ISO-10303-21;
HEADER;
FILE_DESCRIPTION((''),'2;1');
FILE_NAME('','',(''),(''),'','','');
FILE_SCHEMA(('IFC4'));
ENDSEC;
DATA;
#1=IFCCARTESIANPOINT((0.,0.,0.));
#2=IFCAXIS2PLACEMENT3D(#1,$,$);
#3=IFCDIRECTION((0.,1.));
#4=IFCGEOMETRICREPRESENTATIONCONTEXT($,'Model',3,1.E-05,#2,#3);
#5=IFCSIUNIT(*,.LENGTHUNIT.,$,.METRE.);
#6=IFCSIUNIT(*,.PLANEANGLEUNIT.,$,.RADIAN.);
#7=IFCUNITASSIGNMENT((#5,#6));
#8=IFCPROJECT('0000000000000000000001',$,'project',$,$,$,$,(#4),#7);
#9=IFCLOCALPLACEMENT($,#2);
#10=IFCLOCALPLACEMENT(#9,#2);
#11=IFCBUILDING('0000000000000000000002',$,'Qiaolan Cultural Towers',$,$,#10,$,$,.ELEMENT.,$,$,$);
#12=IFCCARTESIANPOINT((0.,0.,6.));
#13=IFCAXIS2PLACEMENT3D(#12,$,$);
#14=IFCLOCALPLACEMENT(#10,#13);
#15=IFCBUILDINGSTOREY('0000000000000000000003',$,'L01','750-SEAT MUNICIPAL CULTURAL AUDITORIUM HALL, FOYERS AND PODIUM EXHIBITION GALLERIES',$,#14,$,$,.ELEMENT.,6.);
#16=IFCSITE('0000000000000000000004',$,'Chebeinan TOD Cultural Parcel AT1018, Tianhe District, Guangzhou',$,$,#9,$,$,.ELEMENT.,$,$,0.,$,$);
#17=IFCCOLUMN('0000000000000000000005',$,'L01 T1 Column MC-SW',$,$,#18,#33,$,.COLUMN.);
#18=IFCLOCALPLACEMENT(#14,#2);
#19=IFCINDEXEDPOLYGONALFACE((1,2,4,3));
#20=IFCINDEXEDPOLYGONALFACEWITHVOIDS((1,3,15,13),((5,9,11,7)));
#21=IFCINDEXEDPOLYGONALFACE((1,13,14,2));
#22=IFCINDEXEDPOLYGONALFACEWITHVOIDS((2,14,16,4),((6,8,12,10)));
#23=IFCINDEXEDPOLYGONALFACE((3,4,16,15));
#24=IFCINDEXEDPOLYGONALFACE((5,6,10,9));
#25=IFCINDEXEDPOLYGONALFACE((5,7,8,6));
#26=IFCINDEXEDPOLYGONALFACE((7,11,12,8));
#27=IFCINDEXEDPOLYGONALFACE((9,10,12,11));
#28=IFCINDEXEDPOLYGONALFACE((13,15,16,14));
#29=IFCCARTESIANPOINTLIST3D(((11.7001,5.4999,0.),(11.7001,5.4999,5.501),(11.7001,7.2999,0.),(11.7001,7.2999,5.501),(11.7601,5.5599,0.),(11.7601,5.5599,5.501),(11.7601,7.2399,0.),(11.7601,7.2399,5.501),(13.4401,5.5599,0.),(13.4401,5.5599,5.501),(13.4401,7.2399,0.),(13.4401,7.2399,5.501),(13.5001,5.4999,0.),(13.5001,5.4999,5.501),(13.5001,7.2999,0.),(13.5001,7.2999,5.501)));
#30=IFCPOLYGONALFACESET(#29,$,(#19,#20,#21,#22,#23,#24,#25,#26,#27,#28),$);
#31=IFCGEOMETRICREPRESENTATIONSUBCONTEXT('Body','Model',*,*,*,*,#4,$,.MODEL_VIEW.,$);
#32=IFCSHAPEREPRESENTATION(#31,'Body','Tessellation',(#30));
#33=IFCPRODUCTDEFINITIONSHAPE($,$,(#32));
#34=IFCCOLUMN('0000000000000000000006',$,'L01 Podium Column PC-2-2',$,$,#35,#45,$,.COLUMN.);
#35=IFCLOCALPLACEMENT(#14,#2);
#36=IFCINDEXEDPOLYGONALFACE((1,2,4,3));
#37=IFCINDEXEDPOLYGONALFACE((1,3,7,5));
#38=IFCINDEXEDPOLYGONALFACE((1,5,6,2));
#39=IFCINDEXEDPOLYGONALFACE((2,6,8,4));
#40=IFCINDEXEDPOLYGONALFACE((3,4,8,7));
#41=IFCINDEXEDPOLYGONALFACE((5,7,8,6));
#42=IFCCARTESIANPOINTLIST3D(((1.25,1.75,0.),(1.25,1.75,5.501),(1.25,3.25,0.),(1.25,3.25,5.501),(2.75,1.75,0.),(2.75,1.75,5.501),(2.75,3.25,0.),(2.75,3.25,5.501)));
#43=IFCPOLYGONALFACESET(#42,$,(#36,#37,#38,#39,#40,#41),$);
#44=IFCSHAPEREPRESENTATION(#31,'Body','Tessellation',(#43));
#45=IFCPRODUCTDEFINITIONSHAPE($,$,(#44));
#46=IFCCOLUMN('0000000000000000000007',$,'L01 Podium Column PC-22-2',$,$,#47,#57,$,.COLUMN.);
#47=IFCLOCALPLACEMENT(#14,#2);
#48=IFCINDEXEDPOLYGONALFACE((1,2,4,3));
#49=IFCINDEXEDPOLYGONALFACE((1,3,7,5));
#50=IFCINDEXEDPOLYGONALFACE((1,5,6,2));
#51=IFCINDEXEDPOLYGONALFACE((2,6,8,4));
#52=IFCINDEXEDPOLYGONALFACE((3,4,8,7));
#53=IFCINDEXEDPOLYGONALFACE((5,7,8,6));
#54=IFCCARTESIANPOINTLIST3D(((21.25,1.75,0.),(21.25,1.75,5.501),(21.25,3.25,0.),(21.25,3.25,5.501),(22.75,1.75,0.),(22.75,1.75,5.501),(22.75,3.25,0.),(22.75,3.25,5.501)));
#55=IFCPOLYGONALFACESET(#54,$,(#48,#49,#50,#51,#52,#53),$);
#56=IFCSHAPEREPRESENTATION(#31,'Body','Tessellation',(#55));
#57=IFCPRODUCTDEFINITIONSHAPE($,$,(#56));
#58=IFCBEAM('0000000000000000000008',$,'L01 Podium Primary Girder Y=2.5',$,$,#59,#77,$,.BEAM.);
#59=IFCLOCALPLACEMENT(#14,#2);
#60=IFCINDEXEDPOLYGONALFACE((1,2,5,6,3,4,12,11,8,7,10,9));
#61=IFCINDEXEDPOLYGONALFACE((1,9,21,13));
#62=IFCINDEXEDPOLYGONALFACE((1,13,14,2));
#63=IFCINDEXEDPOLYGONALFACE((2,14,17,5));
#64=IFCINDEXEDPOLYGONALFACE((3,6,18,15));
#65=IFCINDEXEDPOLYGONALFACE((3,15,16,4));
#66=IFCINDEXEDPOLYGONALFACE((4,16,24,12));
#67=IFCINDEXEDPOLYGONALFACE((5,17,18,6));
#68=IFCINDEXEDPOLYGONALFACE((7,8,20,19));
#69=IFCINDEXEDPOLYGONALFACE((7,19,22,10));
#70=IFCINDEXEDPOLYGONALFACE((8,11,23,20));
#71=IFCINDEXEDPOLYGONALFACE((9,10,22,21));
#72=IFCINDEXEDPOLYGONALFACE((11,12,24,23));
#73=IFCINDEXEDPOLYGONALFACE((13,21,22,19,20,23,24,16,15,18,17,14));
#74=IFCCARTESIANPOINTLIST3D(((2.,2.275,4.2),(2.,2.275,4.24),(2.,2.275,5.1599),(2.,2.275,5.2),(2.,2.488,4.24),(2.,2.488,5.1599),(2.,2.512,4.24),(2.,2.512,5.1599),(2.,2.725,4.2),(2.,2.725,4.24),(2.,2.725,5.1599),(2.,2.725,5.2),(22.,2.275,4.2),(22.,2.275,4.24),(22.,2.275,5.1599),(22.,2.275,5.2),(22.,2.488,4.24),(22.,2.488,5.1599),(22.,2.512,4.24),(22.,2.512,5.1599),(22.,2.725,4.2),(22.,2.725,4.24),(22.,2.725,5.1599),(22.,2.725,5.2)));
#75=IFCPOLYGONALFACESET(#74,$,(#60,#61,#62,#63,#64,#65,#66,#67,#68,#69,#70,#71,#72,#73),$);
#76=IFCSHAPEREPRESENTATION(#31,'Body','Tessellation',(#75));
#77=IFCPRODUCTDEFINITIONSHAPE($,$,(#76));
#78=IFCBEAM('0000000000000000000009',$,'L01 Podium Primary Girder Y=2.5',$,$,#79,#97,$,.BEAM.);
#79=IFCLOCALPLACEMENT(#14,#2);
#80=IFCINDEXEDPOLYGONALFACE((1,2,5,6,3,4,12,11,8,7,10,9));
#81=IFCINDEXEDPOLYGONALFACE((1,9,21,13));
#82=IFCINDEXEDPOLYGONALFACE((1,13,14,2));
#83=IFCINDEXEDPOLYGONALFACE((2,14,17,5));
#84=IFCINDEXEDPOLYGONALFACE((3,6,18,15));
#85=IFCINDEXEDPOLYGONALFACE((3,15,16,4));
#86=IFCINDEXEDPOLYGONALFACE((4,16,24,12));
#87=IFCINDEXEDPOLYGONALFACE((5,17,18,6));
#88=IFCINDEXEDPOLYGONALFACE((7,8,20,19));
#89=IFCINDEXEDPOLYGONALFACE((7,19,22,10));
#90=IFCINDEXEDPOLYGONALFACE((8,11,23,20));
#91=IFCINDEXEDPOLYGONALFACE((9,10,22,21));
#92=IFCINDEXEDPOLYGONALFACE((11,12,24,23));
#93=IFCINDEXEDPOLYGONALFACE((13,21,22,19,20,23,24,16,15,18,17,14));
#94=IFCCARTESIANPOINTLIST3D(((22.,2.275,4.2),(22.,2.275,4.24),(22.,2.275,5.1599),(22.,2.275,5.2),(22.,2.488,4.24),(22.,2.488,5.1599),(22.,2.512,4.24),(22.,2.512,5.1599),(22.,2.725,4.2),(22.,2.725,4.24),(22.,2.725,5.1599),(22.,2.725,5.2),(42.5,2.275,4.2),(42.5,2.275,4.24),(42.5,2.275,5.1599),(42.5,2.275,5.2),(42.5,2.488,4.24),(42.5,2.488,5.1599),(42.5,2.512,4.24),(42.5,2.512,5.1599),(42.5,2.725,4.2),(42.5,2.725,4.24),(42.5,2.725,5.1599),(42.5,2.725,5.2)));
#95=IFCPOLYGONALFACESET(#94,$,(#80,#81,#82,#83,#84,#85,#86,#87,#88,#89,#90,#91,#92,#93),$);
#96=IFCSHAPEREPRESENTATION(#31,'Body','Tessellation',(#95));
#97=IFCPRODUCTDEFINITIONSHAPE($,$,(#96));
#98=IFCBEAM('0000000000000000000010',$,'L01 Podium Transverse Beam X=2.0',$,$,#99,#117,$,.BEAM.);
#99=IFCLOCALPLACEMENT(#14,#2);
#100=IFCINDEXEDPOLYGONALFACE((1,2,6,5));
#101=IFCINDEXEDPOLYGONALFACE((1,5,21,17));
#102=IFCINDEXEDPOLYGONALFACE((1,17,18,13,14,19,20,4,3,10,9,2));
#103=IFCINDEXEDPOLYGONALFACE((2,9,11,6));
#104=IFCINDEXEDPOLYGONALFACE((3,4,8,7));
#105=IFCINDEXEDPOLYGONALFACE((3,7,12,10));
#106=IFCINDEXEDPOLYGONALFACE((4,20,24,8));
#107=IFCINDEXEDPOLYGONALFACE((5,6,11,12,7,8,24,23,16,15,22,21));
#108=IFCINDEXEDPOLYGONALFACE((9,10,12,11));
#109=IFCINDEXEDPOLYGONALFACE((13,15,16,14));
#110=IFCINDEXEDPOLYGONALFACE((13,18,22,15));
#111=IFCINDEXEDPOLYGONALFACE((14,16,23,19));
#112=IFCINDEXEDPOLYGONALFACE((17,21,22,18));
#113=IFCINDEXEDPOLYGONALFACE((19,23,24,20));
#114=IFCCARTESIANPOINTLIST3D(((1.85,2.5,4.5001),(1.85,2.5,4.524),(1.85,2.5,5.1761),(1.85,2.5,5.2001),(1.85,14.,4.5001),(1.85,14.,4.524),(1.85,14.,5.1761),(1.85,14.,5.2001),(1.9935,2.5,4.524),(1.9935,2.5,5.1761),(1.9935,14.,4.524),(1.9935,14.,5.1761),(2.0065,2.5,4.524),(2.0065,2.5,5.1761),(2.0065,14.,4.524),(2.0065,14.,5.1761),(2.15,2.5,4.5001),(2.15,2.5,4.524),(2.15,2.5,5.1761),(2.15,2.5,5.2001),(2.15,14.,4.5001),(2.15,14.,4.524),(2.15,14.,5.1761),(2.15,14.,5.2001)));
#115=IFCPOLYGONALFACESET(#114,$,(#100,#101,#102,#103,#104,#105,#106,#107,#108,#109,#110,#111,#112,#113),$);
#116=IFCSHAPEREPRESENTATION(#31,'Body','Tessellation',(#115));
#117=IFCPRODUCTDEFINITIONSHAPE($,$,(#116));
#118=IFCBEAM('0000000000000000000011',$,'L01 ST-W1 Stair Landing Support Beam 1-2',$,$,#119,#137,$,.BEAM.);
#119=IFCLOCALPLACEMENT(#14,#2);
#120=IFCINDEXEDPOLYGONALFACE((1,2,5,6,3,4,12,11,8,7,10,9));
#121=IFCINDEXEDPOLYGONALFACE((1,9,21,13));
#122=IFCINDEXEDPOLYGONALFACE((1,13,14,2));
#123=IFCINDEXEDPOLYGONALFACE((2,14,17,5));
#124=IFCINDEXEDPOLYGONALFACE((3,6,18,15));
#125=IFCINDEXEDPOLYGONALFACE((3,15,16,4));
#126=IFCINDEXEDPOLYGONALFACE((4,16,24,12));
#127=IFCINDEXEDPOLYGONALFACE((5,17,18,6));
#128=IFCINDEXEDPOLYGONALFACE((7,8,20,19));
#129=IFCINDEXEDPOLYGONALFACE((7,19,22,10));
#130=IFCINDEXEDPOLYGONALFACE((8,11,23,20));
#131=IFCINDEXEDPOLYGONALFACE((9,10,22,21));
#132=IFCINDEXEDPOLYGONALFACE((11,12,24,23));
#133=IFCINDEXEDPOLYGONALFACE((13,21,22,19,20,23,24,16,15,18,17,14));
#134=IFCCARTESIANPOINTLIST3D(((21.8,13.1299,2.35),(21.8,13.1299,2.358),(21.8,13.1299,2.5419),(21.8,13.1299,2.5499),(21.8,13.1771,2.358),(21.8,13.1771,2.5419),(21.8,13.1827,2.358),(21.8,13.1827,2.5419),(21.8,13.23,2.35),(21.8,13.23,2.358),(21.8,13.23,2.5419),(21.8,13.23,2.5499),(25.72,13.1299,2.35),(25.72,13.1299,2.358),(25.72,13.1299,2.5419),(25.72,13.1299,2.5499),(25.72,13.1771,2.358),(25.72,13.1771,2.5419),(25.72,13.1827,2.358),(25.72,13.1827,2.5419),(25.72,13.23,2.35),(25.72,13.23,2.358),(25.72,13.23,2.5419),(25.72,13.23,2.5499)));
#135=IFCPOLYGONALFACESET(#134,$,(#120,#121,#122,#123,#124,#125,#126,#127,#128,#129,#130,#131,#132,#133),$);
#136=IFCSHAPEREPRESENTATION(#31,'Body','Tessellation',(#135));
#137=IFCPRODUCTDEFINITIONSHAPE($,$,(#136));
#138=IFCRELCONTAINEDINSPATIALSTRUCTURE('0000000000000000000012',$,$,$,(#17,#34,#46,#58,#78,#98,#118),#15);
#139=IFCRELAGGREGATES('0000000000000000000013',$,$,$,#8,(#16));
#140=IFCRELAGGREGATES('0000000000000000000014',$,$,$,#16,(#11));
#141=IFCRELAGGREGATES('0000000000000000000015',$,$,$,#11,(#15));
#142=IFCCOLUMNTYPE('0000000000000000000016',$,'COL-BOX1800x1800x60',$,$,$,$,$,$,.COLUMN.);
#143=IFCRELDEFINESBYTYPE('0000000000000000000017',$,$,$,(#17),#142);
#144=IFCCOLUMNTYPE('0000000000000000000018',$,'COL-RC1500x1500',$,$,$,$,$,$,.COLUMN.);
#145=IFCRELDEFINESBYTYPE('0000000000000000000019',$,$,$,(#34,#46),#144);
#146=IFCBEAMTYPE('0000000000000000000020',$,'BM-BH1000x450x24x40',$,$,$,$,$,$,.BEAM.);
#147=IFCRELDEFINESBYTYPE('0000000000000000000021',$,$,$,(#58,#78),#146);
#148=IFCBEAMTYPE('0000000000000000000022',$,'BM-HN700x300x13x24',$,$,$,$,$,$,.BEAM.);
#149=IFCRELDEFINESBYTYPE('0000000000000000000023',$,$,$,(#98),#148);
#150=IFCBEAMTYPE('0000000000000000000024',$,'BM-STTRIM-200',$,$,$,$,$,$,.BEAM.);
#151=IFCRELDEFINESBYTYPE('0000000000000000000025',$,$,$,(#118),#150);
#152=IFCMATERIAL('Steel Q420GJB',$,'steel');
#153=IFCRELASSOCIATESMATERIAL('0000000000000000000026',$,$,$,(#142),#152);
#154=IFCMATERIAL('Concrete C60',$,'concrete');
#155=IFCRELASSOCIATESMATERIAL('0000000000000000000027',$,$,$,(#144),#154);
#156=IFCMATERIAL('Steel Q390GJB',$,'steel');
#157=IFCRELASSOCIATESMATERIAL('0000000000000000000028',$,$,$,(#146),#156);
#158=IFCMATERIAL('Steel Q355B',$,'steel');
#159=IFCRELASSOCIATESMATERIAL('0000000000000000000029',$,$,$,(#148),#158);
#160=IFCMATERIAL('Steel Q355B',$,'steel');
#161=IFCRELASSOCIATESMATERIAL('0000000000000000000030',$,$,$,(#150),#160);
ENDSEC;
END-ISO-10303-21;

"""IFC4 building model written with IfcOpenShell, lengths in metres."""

from ifc_helpers import new_model, si_unit, direction, frame, origin, origin_2d, place, context, subcontext, project, spatial, rectangle, hollow_rectangle, i_section, extrude, material, material_profile, profile_set, type_object, element, save


model = new_model("IFC4")

# Units and contexts
model_context = context("Model", 3, precision=1e-05, world=origin(), true_north=direction((0.0, 1.0)))
body_context = subcontext(model_context, "Body", "Model", "MODEL_VIEW")
ifc_project = project(units=[si_unit("LENGTHUNIT", "METRE"), si_unit("PLANEANGLEUNIT", "RADIAN")], contexts=[model_context])

# Site, building, storey
site_placement = place(None, origin())
site = spatial("IfcSite", under=ifc_project, at=site_placement, Name="Chebeinan TOD Cultural Parcel AT1018, Tianhe District, Guangzhou", CompositionType="ELEMENT", RefElevation=0.0)
building_placement = place(site_placement, origin())
building = spatial("IfcBuilding", under=site, at=building_placement, Name="Qiaolan Cultural Towers", CompositionType="ELEMENT")
storey_placement = place(building_placement, frame((0.0, 0.0, 6.0)))
storey = spatial("IfcBuildingStorey", under=building, at=storey_placement, Name="L01", Description="750-SEAT MUNICIPAL CULTURAL AUDITORIUM HALL, FOYERS AND PODIUM EXHIBITION GALLERIES", CompositionType="ELEMENT", Elevation=6.0)

# Columns
ifc_material_1 = material(Name="Steel Q420GJB", Category="steel")
ifc_material_profile_1 = material_profile(ifc_material_1, hollow_rectangle(XDim=1.8, YDim=1.8, WallThickness=0.0601, at=origin_2d()), Name="BOX1800x1800x60")
ifc_profile_set_1 = profile_set([ifc_material_profile_1], Name="Steel Q420GJB")
column_type_1 = type_object("IfcColumnType", Name="COL-BOX1800x1800x60", PredefinedType="COLUMN", material=ifc_profile_set_1)
column_placement = place(storey_placement, frame((12.6001, 6.3999, 0.0), z_axis=(0.0, 0.0, 1.0), x_axis=(1.0, 0.0, 0.0)))
element("IfcColumn", 1, at=column_placement, inside=storey, type_object=column_type_1, Name="L01 T1 Column MC-SW", PredefinedType="COLUMN", context=body_context, shape_type="SweptSolid", body=[
    extrude(hollow_rectangle(XDim=1.8, YDim=1.8, WallThickness=0.0601, at=origin_2d()), origin(), (0.0, 0.0, 1.0), 5.501),
])
ifc_material_2 = material(Name="Concrete C60", Category="concrete")
ifc_material_profile_2 = material_profile(ifc_material_2, rectangle(XDim=1.5, YDim=1.5, at=origin_2d()), Name="RC1500x1500")
ifc_profile_set_2 = profile_set([ifc_material_profile_2], Name="Concrete C60")
column_type_2 = type_object("IfcColumnType", Name="COL-RC1500x1500", PredefinedType="COLUMN", material=ifc_profile_set_2)
for number, where, z_axis, x_axis, name in (
    (2, (2.0, 2.5, 0.0), (0.0, 0.0, 1.0), (1.0, 0.0, 0.0), "L01 Podium Column PC-2-2"),
    (3, (22.0, 2.5, 0.0), (0.0, 0.0, 1.0), (1.0, 0.0, 0.0), "L01 Podium Column PC-22-2"),
):
    element("IfcColumn", number, at=place(storey_placement, frame(where, z_axis=z_axis, x_axis=x_axis)), inside=storey, type_object=column_type_2, Name=name, PredefinedType="COLUMN", context=body_context, shape_type="SweptSolid", body=[
        extrude(rectangle(XDim=1.5, YDim=1.5, at=origin_2d()), origin(), (0.0, 0.0, 1.0), 5.501),
    ])

# Beams
ifc_material_3 = material(Name="Steel Q390GJB", Category="steel")
ifc_material_profile_3 = material_profile(ifc_material_3, i_section(OverallWidth=0.45, OverallDepth=1.0, WebThickness=0.0239, FlangeThickness=0.04, at=origin_2d()), Name="BH1000x450x24x40")
ifc_profile_set_3 = profile_set([ifc_material_profile_3], Name="Steel Q390GJB")
beam_type_1 = type_object("IfcBeamType", Name="BM-BH1000x450x24x40", PredefinedType="BEAM", material=ifc_profile_set_3)
beam_1_placement = place(storey_placement, frame((2.0, 2.5, 4.7), z_axis=(1.0, 0.0, 0.0), x_axis=(0.0, 1.0, 0.0)))
element("IfcBeam", 4, at=beam_1_placement, inside=storey, type_object=beam_type_1, Name="L01 Podium Primary Girder Y=2.5", PredefinedType="BEAM", context=body_context, shape_type="SweptSolid", body=[
    extrude(i_section(OverallWidth=0.45, OverallDepth=1.0, WebThickness=0.0239, FlangeThickness=0.04, at=origin_2d()), origin(), (0.0, 0.0, 1.0), 20.0),
])
beam_2_placement = place(storey_placement, frame((22.0, 2.5, 4.7), z_axis=(1.0, 0.0, 0.0), x_axis=(0.0, 1.0, 0.0)))
element("IfcBeam", 5, at=beam_2_placement, inside=storey, type_object=beam_type_1, Name="L01 Podium Primary Girder Y=2.5", PredefinedType="BEAM", context=body_context, shape_type="SweptSolid", body=[
    extrude(i_section(OverallWidth=0.45, OverallDepth=1.0, WebThickness=0.0239, FlangeThickness=0.04, at=origin_2d()), origin(), (0.0, 0.0, 1.0), 20.5),
])
ifc_material_4 = material(Name="Steel Q355B", Category="steel")
ifc_material_profile_4 = material_profile(ifc_material_4, i_section(OverallWidth=0.3, OverallDepth=0.7, WebThickness=0.0129, FlangeThickness=0.0239, at=origin_2d()), Name="HN700x300x13x24")
ifc_profile_set_4 = profile_set([ifc_material_profile_4], Name="Steel Q355B")
beam_type_2 = type_object("IfcBeamType", Name="BM-HN700x300x13x24", PredefinedType="BEAM", material=ifc_profile_set_4)
beam_3_placement = place(storey_placement, frame((2.0, 2.5, 4.8501), z_axis=(0.0, 1.0, 0.0), x_axis=(-1.0, 0.0, 0.0)))
element("IfcBeam", 6, at=beam_3_placement, inside=storey, type_object=beam_type_2, Name="L01 Podium Transverse Beam X=2.0", PredefinedType="BEAM", context=body_context, shape_type="SweptSolid", body=[
    extrude(i_section(OverallWidth=0.3, OverallDepth=0.7, WebThickness=0.0129, FlangeThickness=0.0239, at=origin_2d()), origin(), (0.0, 0.0, 1.0), 11.5),
])
ifc_material_5 = material(Name="Steel Q355B", Category="steel")
ifc_material_profile_5 = material_profile(ifc_material_5, i_section(OverallWidth=0.1001, OverallDepth=0.2, WebThickness=0.0056, FlangeThickness=0.0081, at=origin_2d()), Name="HN200x100x5.5x8")
ifc_profile_set_5 = profile_set([ifc_material_profile_5], Name="Steel Q355B")
beam_type_3 = type_object("IfcBeamType", Name="BM-STTRIM-200", PredefinedType="BEAM", material=ifc_profile_set_5)
beam_4_placement = place(storey_placement, frame((21.8, 13.1799, 2.45), z_axis=(1.0, 0.0, 0.0), x_axis=(0.0, 1.0, 0.0)))
element("IfcBeam", 7, at=beam_4_placement, inside=storey, type_object=beam_type_3, Name="L01 ST-W1 Stair Landing Support Beam 1-2", PredefinedType="BEAM", context=body_context, shape_type="SweptSolid", body=[
    extrude(i_section(OverallWidth=0.1001, OverallDepth=0.2, WebThickness=0.0056, FlangeThickness=0.0081, at=origin_2d()), origin(), (0.0, 0.0, 1.0), 3.9199),
])

save(model, "model.ifc")
